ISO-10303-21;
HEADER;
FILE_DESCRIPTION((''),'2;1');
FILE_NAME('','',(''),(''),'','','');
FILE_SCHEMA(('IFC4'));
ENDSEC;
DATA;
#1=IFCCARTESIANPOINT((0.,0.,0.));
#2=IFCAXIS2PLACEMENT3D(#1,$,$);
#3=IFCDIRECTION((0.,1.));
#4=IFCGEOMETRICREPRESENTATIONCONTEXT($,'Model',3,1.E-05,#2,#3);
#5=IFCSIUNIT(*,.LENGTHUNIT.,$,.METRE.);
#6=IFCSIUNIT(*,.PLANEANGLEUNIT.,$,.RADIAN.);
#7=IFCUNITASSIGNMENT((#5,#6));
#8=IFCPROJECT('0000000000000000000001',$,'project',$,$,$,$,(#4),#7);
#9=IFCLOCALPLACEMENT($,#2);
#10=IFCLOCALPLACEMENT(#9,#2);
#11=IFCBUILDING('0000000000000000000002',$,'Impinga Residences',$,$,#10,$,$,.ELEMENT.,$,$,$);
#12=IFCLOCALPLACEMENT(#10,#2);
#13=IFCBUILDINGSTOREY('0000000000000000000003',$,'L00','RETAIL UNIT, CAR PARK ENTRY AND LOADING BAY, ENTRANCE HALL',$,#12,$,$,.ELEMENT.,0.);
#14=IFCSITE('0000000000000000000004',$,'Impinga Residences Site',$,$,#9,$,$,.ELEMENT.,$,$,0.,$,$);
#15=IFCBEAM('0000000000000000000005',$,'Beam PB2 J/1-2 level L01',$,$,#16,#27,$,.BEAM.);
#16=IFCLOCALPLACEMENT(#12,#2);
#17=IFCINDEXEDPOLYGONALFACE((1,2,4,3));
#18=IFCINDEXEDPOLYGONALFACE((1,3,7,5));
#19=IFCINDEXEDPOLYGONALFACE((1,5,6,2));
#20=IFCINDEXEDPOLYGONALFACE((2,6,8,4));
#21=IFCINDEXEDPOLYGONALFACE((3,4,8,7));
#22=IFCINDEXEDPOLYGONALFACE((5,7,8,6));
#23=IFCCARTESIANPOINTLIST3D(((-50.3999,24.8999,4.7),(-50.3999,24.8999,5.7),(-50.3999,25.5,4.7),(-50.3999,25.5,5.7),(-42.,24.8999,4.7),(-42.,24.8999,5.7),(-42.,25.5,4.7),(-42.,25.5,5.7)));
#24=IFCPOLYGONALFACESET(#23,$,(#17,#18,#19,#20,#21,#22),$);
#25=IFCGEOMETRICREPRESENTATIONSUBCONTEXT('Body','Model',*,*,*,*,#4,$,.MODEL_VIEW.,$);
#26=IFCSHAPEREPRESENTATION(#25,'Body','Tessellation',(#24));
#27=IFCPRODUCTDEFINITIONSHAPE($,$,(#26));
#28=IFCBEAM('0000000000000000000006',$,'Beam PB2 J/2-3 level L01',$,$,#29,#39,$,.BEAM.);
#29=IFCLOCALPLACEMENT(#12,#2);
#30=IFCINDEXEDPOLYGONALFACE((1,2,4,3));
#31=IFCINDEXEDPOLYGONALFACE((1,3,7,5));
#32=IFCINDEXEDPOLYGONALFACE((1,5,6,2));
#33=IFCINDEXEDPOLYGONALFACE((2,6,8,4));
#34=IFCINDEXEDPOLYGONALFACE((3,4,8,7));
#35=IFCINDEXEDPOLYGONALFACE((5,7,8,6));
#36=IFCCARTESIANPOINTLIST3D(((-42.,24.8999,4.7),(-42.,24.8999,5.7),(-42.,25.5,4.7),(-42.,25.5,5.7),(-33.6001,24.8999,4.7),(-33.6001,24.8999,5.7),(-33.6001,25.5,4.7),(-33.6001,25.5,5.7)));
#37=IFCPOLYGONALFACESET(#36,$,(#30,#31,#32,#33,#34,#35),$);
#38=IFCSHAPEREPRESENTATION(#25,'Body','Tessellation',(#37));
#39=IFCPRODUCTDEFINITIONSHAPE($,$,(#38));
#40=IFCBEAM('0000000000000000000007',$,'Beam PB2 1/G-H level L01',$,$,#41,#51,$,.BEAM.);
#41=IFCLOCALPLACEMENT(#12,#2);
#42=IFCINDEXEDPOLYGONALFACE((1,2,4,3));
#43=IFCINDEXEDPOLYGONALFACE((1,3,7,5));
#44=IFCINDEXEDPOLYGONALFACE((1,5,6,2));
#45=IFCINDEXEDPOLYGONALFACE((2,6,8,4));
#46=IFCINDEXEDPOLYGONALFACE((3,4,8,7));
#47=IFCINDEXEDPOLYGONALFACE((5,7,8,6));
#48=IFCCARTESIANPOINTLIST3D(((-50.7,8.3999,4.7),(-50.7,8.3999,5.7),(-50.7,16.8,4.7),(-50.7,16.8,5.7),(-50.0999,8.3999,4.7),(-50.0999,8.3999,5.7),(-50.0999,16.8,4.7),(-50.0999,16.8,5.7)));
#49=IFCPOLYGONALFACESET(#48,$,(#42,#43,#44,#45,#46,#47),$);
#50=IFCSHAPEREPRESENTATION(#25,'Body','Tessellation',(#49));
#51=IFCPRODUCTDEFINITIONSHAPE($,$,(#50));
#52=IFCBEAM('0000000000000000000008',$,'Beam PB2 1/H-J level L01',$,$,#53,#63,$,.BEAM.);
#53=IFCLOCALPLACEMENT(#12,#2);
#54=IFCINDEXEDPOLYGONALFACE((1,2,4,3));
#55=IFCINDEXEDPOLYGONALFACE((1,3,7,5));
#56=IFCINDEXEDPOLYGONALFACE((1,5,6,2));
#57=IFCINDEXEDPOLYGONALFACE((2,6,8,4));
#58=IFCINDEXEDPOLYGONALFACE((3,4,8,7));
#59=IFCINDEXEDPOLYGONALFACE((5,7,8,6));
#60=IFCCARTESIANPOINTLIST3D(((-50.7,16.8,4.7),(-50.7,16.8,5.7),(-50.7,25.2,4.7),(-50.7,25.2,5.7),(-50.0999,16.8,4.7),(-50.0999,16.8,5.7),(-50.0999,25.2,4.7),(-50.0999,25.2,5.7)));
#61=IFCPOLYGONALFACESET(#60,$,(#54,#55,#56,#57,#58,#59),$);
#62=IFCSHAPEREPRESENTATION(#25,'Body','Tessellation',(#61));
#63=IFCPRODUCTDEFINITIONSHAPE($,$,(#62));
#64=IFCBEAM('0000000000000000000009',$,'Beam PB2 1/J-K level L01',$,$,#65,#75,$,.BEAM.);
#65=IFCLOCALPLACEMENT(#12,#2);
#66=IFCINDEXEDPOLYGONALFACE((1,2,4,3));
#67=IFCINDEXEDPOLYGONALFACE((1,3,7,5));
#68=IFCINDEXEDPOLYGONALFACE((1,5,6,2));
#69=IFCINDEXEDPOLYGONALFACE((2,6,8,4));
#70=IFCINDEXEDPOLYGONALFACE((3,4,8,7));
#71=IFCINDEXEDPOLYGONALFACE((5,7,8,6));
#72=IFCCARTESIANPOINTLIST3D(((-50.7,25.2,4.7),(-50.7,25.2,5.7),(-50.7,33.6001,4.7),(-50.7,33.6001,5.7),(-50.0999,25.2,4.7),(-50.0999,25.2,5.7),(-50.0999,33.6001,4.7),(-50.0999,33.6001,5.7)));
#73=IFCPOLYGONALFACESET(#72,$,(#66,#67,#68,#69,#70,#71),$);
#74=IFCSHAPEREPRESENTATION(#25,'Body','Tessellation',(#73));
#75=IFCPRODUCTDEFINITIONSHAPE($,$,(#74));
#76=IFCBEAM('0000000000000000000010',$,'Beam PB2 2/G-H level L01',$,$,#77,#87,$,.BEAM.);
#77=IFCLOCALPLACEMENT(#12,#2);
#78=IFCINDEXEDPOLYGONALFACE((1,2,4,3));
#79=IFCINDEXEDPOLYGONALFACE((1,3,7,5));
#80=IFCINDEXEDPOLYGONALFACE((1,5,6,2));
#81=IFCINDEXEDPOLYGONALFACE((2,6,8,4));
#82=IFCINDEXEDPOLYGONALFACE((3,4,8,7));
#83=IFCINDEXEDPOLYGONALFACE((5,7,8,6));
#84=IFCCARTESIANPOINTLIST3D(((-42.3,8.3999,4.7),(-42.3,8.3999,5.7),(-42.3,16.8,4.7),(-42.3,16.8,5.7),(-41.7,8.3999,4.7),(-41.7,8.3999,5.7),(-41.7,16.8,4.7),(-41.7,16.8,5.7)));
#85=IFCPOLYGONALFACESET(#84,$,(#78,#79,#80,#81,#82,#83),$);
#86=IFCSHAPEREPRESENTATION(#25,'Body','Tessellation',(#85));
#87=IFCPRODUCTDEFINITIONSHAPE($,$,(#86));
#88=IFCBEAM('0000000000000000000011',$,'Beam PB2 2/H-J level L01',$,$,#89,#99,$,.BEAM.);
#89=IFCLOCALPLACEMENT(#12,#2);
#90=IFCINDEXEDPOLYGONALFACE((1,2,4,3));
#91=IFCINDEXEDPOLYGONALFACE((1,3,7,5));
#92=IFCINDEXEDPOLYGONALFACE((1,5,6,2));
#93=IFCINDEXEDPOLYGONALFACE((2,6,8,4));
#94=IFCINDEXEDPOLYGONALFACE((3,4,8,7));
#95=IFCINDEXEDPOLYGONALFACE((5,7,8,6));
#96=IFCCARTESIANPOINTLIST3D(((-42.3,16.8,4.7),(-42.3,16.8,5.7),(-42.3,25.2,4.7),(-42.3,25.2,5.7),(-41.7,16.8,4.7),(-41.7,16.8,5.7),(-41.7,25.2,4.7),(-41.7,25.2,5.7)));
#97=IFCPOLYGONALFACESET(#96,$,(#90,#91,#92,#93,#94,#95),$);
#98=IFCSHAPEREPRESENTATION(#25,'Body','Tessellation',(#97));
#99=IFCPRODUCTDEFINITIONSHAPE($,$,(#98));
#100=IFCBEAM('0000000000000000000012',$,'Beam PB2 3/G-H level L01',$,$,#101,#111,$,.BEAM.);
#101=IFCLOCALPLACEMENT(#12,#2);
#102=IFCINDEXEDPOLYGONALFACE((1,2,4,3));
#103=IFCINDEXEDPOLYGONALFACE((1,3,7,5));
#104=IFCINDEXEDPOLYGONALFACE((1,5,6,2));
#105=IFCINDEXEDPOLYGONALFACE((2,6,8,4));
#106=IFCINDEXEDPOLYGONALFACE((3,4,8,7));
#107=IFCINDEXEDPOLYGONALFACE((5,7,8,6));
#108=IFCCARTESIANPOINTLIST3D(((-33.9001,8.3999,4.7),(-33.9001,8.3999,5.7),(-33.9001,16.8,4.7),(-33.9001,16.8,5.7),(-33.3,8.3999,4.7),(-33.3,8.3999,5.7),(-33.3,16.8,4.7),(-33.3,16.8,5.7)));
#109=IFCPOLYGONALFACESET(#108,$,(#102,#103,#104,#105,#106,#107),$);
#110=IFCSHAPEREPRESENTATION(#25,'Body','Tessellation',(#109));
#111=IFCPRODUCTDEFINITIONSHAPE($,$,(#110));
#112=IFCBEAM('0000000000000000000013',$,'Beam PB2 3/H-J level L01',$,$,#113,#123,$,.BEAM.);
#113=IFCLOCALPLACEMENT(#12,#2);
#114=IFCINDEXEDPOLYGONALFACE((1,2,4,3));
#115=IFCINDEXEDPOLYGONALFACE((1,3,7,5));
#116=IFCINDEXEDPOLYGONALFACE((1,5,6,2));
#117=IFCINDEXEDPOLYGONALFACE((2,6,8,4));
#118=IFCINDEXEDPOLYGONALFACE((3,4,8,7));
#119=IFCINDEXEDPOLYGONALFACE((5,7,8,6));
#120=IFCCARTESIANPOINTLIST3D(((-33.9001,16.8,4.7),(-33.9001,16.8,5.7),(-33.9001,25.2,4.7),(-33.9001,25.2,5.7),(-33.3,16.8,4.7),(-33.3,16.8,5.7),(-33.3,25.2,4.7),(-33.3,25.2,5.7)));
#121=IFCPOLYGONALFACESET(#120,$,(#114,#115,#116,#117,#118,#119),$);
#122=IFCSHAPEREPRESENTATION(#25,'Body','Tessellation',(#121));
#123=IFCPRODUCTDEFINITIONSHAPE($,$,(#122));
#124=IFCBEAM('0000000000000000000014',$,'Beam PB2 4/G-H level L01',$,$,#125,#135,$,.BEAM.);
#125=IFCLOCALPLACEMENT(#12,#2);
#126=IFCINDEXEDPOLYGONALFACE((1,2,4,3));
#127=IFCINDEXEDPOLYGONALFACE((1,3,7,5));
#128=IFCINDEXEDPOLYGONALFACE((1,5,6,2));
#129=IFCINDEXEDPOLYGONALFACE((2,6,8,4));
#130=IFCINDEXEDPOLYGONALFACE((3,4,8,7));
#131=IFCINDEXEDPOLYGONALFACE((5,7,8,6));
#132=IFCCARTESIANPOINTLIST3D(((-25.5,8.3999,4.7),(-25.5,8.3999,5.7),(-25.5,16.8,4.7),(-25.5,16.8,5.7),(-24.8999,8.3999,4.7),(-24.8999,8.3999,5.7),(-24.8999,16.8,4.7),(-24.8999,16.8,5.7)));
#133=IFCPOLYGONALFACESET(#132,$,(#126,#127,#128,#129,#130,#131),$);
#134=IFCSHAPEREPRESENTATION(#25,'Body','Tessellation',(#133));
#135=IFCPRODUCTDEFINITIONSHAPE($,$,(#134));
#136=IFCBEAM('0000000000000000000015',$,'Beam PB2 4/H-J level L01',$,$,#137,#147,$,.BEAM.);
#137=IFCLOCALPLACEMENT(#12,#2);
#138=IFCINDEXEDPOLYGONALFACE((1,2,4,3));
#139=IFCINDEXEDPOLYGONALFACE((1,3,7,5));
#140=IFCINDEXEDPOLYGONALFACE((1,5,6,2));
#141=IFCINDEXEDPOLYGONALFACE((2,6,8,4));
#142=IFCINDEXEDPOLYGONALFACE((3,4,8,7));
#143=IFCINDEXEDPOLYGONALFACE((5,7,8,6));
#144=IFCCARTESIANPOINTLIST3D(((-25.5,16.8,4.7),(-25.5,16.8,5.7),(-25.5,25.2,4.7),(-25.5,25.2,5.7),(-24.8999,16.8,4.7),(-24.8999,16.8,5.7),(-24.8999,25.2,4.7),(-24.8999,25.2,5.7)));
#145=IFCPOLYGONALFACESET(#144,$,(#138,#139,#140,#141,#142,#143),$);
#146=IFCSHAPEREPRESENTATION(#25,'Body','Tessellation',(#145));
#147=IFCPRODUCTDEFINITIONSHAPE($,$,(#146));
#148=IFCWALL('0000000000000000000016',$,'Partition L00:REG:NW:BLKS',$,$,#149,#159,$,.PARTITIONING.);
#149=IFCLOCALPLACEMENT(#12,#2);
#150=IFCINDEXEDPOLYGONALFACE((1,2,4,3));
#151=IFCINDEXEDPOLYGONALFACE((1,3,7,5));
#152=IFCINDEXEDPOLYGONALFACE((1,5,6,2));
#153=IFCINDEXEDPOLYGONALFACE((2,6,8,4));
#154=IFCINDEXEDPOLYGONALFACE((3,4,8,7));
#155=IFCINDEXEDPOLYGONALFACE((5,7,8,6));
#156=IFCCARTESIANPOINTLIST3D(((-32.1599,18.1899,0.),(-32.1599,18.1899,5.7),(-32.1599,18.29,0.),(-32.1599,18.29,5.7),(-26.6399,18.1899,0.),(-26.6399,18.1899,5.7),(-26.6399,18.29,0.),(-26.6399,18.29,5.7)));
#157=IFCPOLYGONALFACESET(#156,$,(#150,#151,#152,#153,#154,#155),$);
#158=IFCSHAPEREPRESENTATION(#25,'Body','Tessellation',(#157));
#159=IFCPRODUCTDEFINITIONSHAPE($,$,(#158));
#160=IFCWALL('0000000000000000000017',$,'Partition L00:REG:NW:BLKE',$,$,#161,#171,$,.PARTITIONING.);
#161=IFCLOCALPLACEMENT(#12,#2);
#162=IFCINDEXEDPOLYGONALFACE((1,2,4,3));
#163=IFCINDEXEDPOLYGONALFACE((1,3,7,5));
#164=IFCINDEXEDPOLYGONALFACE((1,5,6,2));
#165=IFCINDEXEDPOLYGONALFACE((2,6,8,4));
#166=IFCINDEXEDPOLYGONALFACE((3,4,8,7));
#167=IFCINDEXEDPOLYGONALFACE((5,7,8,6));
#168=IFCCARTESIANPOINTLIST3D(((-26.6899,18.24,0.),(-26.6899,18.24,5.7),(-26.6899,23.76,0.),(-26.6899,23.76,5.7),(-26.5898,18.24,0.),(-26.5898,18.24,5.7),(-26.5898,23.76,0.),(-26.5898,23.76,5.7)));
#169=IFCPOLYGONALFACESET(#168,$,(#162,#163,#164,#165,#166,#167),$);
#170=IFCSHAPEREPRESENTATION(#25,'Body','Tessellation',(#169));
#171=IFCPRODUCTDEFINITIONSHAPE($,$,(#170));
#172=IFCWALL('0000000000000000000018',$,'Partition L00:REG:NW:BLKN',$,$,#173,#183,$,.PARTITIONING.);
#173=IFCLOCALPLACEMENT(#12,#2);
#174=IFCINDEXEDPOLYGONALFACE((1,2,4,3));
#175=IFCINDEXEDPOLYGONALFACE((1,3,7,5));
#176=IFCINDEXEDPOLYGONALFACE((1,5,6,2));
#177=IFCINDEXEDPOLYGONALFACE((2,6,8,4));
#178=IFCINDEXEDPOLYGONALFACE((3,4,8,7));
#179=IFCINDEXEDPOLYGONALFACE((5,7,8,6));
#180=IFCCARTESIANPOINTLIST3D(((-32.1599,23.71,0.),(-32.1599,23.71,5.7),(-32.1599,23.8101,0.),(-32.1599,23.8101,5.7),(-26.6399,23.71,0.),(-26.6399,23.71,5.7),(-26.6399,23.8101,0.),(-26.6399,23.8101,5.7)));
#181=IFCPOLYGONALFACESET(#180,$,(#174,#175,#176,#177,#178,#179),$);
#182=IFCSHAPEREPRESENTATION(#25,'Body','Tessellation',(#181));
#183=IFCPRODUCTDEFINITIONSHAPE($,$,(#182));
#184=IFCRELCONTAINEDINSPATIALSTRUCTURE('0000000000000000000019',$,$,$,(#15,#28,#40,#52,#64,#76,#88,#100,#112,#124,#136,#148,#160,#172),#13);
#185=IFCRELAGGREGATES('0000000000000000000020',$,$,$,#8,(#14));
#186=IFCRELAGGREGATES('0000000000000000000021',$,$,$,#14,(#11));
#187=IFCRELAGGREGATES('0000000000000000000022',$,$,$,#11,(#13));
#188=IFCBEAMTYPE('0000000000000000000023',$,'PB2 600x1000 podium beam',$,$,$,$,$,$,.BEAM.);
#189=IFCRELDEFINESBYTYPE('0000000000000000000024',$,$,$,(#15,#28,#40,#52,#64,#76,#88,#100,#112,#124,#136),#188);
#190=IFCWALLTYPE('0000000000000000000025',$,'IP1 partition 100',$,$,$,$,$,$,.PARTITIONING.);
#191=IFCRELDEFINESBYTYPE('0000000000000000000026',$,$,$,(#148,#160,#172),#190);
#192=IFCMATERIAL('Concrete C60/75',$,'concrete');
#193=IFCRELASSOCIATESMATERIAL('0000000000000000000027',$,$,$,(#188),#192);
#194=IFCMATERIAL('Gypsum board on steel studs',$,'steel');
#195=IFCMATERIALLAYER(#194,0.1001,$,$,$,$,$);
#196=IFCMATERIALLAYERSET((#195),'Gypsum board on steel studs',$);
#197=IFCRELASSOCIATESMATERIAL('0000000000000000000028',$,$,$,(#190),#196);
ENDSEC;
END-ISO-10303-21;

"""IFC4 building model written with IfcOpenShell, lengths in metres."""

from ifc_helpers import new_model, si_unit, direction, frame, frame_2d, origin, origin_2d, place, context, subcontext, project, spatial, rectangle, extrude, material, layer, layer_set, material_profile, profile_set, type_object, element, save


model = new_model("IFC4")

# Units and contexts
model_context = context("Model", 3, precision=1e-05, world=origin(), true_north=direction((0.0, 1.0)))
body_context = subcontext(model_context, "Body", "Model", "MODEL_VIEW")
ifc_project = project(units=[si_unit("LENGTHUNIT", "METRE"), si_unit("PLANEANGLEUNIT", "RADIAN")], contexts=[model_context])

# Site, building, storey
site_placement = place(None, origin())
site = spatial("IfcSite", under=ifc_project, at=site_placement, Name="Impinga Residences Site", CompositionType="ELEMENT", RefElevation=0.0)
building_placement = place(site_placement, origin())
building = spatial("IfcBuilding", under=site, at=building_placement, Name="Impinga Residences", CompositionType="ELEMENT")
storey_placement = place(building_placement, origin())
storey = spatial("IfcBuildingStorey", under=building, at=storey_placement, Name="L00", Description="RETAIL UNIT, CAR PARK ENTRY AND LOADING BAY, ENTRANCE HALL", CompositionType="ELEMENT", Elevation=0.0)

# Beams
ifc_material_1 = material(Name="Concrete C60/75", Category="concrete")
ifc_material_profile_1 = material_profile(ifc_material_1, rectangle(XDim=0.6001, YDim=1.0, at=origin_2d()), Name="RC 600x1000")
ifc_profile_set_1 = profile_set([ifc_material_profile_1], Name="Concrete C60/75")
beam_type = type_object("IfcBeamType", Name="PB2 600x1000 podium beam", PredefinedType="BEAM", material=ifc_profile_set_1)
for number, where, z_axis, x_axis, name in (
    (1, (-50.3999, 25.2, 5.2), (1.0, 0.0, 0.0), (0.0, 1.0, 0.0), "Beam PB2 J/1-2 level L01"),
    (2, (-42.0, 25.2, 5.2), (1.0, 0.0, 0.0), (0.0, 1.0, 0.0), "Beam PB2 J/2-3 level L01"),
):
    element("IfcBeam", number, at=place(storey_placement, frame(where, z_axis=z_axis, x_axis=x_axis)), inside=storey, type_object=beam_type, Name=name, PredefinedType="BEAM", context=body_context, shape_type="SweptSolid", body=[
        extrude(rectangle(XDim=0.6001, YDim=1.0, at=origin_2d()), origin(), (0.0, 0.0, 1.0), 8.3999),
    ])
beam_1_placement = place(storey_placement, frame((-50.3999, 8.3999, 5.2), z_axis=(0.0, 1.0, 0.0), x_axis=(-1.0, 0.0, 0.0)))
element("IfcBeam", 3, at=beam_1_placement, inside=storey, type_object=beam_type, Name="Beam PB2 1/G-H level L01", PredefinedType="BEAM", context=body_context, shape_type="SweptSolid", body=[
    extrude(rectangle(XDim=0.6001, YDim=1.0, at=origin_2d()), origin(), (0.0, 0.0, 1.0), 8.4001),
])
beam_2_placement = place(storey_placement, frame((-50.3999, 16.8, 5.2), z_axis=(0.0, 1.0, 0.0), x_axis=(-1.0, 0.0, 0.0)))
element("IfcBeam", 4, at=beam_2_placement, inside=storey, type_object=beam_type, Name="Beam PB2 1/H-J level L01", PredefinedType="BEAM", context=body_context, shape_type="SweptSolid", body=[
    extrude(rectangle(XDim=0.6001, YDim=1.0, at=origin_2d()), origin(), (0.0, 0.0, 1.0), 8.3999),
])
for number, where, z_axis, x_axis, name in (
    (5, (-50.3999, 25.2, 5.2), (0.0, 1.0, 0.0), (-1.0, 0.0, 0.0), "Beam PB2 1/J-K level L01"),
    (6, (-42.0, 8.3999, 5.2), (0.0, 1.0, 0.0), (-1.0, 0.0, 0.0), "Beam PB2 2/G-H level L01"),
):
    element("IfcBeam", number, at=place(storey_placement, frame(where, z_axis=z_axis, x_axis=x_axis)), inside=storey, type_object=beam_type, Name=name, PredefinedType="BEAM", context=body_context, shape_type="SweptSolid", body=[
        extrude(rectangle(XDim=0.6001, YDim=1.0, at=origin_2d()), origin(), (0.0, 0.0, 1.0), 8.4001),
    ])
beam_3_placement = place(storey_placement, frame((-42.0, 16.8, 5.2), z_axis=(0.0, 1.0, 0.0), x_axis=(-1.0, 0.0, 0.0)))
element("IfcBeam", 7, at=beam_3_placement, inside=storey, type_object=beam_type, Name="Beam PB2 2/H-J level L01", PredefinedType="BEAM", context=body_context, shape_type="SweptSolid", body=[
    extrude(rectangle(XDim=0.6001, YDim=1.0, at=origin_2d()), origin(), (0.0, 0.0, 1.0), 8.3999),
])
beam_4_placement = place(storey_placement, frame((-33.6001, 8.3999, 5.2), z_axis=(0.0, 1.0, 0.0), x_axis=(-1.0, 0.0, 0.0)))
element("IfcBeam", 8, at=beam_4_placement, inside=storey, type_object=beam_type, Name="Beam PB2 3/G-H level L01", PredefinedType="BEAM", context=body_context, shape_type="SweptSolid", body=[
    extrude(rectangle(XDim=0.6001, YDim=1.0, at=origin_2d()), origin(), (0.0, 0.0, 1.0), 8.4001),
])
beam_5_placement = place(storey_placement, frame((-33.6001, 16.8, 5.2), z_axis=(0.0, 1.0, 0.0), x_axis=(-1.0, 0.0, 0.0)))
element("IfcBeam", 9, at=beam_5_placement, inside=storey, type_object=beam_type, Name="Beam PB2 3/H-J level L01", PredefinedType="BEAM", context=body_context, shape_type="SweptSolid", body=[
    extrude(rectangle(XDim=0.6001, YDim=1.0, at=origin_2d()), origin(), (0.0, 0.0, 1.0), 8.3999),
])
beam_6_placement = place(storey_placement, frame((-25.2, 8.3999, 5.2), z_axis=(0.0, 1.0, 0.0), x_axis=(-1.0, 0.0, 0.0)))
element("IfcBeam", 10, at=beam_6_placement, inside=storey, type_object=beam_type, Name="Beam PB2 4/G-H level L01", PredefinedType="BEAM", context=body_context, shape_type="SweptSolid", body=[
    extrude(rectangle(XDim=0.6001, YDim=1.0, at=origin_2d()), origin(), (0.0, 0.0, 1.0), 8.4001),
])
beam_7_placement = place(storey_placement, frame((-25.2, 16.8, 5.2), z_axis=(0.0, 1.0, 0.0), x_axis=(-1.0, 0.0, 0.0)))
element("IfcBeam", 11, at=beam_7_placement, inside=storey, type_object=beam_type, Name="Beam PB2 4/H-J level L01", PredefinedType="BEAM", context=body_context, shape_type="SweptSolid", body=[
    extrude(rectangle(XDim=0.6001, YDim=1.0, at=origin_2d()), origin(), (0.0, 0.0, 1.0), 8.3999),
])

# Walls
ifc_material_2 = material(Name="Gypsum board on steel studs", Category="steel")
ifc_layer_1 = layer(ifc_material_2, 0.1001)
ifc_layer_set_1 = layer_set([ifc_layer_1], Name="Gypsum board on steel studs")
wall_type = type_object("IfcWallType", Name="IP1 partition 100", PredefinedType="PARTITIONING", material=ifc_layer_set_1)
for number, where, z_axis, x_axis, name in (
    (12, (-32.1599, 18.24, 0.0), (0.0, 0.0, 1.0), (1.0, 0.0, 0.0), "Partition L00:REG:NW:BLKS"),
    (13, (-26.6399, 18.24, 0.0), (0.0, 0.0, 1.0), (0.0, 1.0, 0.0), "Partition L00:REG:NW:BLKE"),
    (14, (-26.6399, 23.76, 0.0), (0.0, 0.0, 1.0), (-1.0, 0.0, 0.0), "Partition L00:REG:NW:BLKN"),
):
    element("IfcWall", number, at=place(storey_placement, frame(where, z_axis=z_axis, x_axis=x_axis)), inside=storey, type_object=wall_type, Name=name, PredefinedType="PARTITIONING", context=body_context, shape_type="SweptSolid", body=[
        extrude(rectangle(XDim=5.52, YDim=0.1001, at=frame_2d((2.76, 0.0))), origin(), (0.0, 0.0, 1.0), 5.7),
    ])

save(model, "model.ifc")
